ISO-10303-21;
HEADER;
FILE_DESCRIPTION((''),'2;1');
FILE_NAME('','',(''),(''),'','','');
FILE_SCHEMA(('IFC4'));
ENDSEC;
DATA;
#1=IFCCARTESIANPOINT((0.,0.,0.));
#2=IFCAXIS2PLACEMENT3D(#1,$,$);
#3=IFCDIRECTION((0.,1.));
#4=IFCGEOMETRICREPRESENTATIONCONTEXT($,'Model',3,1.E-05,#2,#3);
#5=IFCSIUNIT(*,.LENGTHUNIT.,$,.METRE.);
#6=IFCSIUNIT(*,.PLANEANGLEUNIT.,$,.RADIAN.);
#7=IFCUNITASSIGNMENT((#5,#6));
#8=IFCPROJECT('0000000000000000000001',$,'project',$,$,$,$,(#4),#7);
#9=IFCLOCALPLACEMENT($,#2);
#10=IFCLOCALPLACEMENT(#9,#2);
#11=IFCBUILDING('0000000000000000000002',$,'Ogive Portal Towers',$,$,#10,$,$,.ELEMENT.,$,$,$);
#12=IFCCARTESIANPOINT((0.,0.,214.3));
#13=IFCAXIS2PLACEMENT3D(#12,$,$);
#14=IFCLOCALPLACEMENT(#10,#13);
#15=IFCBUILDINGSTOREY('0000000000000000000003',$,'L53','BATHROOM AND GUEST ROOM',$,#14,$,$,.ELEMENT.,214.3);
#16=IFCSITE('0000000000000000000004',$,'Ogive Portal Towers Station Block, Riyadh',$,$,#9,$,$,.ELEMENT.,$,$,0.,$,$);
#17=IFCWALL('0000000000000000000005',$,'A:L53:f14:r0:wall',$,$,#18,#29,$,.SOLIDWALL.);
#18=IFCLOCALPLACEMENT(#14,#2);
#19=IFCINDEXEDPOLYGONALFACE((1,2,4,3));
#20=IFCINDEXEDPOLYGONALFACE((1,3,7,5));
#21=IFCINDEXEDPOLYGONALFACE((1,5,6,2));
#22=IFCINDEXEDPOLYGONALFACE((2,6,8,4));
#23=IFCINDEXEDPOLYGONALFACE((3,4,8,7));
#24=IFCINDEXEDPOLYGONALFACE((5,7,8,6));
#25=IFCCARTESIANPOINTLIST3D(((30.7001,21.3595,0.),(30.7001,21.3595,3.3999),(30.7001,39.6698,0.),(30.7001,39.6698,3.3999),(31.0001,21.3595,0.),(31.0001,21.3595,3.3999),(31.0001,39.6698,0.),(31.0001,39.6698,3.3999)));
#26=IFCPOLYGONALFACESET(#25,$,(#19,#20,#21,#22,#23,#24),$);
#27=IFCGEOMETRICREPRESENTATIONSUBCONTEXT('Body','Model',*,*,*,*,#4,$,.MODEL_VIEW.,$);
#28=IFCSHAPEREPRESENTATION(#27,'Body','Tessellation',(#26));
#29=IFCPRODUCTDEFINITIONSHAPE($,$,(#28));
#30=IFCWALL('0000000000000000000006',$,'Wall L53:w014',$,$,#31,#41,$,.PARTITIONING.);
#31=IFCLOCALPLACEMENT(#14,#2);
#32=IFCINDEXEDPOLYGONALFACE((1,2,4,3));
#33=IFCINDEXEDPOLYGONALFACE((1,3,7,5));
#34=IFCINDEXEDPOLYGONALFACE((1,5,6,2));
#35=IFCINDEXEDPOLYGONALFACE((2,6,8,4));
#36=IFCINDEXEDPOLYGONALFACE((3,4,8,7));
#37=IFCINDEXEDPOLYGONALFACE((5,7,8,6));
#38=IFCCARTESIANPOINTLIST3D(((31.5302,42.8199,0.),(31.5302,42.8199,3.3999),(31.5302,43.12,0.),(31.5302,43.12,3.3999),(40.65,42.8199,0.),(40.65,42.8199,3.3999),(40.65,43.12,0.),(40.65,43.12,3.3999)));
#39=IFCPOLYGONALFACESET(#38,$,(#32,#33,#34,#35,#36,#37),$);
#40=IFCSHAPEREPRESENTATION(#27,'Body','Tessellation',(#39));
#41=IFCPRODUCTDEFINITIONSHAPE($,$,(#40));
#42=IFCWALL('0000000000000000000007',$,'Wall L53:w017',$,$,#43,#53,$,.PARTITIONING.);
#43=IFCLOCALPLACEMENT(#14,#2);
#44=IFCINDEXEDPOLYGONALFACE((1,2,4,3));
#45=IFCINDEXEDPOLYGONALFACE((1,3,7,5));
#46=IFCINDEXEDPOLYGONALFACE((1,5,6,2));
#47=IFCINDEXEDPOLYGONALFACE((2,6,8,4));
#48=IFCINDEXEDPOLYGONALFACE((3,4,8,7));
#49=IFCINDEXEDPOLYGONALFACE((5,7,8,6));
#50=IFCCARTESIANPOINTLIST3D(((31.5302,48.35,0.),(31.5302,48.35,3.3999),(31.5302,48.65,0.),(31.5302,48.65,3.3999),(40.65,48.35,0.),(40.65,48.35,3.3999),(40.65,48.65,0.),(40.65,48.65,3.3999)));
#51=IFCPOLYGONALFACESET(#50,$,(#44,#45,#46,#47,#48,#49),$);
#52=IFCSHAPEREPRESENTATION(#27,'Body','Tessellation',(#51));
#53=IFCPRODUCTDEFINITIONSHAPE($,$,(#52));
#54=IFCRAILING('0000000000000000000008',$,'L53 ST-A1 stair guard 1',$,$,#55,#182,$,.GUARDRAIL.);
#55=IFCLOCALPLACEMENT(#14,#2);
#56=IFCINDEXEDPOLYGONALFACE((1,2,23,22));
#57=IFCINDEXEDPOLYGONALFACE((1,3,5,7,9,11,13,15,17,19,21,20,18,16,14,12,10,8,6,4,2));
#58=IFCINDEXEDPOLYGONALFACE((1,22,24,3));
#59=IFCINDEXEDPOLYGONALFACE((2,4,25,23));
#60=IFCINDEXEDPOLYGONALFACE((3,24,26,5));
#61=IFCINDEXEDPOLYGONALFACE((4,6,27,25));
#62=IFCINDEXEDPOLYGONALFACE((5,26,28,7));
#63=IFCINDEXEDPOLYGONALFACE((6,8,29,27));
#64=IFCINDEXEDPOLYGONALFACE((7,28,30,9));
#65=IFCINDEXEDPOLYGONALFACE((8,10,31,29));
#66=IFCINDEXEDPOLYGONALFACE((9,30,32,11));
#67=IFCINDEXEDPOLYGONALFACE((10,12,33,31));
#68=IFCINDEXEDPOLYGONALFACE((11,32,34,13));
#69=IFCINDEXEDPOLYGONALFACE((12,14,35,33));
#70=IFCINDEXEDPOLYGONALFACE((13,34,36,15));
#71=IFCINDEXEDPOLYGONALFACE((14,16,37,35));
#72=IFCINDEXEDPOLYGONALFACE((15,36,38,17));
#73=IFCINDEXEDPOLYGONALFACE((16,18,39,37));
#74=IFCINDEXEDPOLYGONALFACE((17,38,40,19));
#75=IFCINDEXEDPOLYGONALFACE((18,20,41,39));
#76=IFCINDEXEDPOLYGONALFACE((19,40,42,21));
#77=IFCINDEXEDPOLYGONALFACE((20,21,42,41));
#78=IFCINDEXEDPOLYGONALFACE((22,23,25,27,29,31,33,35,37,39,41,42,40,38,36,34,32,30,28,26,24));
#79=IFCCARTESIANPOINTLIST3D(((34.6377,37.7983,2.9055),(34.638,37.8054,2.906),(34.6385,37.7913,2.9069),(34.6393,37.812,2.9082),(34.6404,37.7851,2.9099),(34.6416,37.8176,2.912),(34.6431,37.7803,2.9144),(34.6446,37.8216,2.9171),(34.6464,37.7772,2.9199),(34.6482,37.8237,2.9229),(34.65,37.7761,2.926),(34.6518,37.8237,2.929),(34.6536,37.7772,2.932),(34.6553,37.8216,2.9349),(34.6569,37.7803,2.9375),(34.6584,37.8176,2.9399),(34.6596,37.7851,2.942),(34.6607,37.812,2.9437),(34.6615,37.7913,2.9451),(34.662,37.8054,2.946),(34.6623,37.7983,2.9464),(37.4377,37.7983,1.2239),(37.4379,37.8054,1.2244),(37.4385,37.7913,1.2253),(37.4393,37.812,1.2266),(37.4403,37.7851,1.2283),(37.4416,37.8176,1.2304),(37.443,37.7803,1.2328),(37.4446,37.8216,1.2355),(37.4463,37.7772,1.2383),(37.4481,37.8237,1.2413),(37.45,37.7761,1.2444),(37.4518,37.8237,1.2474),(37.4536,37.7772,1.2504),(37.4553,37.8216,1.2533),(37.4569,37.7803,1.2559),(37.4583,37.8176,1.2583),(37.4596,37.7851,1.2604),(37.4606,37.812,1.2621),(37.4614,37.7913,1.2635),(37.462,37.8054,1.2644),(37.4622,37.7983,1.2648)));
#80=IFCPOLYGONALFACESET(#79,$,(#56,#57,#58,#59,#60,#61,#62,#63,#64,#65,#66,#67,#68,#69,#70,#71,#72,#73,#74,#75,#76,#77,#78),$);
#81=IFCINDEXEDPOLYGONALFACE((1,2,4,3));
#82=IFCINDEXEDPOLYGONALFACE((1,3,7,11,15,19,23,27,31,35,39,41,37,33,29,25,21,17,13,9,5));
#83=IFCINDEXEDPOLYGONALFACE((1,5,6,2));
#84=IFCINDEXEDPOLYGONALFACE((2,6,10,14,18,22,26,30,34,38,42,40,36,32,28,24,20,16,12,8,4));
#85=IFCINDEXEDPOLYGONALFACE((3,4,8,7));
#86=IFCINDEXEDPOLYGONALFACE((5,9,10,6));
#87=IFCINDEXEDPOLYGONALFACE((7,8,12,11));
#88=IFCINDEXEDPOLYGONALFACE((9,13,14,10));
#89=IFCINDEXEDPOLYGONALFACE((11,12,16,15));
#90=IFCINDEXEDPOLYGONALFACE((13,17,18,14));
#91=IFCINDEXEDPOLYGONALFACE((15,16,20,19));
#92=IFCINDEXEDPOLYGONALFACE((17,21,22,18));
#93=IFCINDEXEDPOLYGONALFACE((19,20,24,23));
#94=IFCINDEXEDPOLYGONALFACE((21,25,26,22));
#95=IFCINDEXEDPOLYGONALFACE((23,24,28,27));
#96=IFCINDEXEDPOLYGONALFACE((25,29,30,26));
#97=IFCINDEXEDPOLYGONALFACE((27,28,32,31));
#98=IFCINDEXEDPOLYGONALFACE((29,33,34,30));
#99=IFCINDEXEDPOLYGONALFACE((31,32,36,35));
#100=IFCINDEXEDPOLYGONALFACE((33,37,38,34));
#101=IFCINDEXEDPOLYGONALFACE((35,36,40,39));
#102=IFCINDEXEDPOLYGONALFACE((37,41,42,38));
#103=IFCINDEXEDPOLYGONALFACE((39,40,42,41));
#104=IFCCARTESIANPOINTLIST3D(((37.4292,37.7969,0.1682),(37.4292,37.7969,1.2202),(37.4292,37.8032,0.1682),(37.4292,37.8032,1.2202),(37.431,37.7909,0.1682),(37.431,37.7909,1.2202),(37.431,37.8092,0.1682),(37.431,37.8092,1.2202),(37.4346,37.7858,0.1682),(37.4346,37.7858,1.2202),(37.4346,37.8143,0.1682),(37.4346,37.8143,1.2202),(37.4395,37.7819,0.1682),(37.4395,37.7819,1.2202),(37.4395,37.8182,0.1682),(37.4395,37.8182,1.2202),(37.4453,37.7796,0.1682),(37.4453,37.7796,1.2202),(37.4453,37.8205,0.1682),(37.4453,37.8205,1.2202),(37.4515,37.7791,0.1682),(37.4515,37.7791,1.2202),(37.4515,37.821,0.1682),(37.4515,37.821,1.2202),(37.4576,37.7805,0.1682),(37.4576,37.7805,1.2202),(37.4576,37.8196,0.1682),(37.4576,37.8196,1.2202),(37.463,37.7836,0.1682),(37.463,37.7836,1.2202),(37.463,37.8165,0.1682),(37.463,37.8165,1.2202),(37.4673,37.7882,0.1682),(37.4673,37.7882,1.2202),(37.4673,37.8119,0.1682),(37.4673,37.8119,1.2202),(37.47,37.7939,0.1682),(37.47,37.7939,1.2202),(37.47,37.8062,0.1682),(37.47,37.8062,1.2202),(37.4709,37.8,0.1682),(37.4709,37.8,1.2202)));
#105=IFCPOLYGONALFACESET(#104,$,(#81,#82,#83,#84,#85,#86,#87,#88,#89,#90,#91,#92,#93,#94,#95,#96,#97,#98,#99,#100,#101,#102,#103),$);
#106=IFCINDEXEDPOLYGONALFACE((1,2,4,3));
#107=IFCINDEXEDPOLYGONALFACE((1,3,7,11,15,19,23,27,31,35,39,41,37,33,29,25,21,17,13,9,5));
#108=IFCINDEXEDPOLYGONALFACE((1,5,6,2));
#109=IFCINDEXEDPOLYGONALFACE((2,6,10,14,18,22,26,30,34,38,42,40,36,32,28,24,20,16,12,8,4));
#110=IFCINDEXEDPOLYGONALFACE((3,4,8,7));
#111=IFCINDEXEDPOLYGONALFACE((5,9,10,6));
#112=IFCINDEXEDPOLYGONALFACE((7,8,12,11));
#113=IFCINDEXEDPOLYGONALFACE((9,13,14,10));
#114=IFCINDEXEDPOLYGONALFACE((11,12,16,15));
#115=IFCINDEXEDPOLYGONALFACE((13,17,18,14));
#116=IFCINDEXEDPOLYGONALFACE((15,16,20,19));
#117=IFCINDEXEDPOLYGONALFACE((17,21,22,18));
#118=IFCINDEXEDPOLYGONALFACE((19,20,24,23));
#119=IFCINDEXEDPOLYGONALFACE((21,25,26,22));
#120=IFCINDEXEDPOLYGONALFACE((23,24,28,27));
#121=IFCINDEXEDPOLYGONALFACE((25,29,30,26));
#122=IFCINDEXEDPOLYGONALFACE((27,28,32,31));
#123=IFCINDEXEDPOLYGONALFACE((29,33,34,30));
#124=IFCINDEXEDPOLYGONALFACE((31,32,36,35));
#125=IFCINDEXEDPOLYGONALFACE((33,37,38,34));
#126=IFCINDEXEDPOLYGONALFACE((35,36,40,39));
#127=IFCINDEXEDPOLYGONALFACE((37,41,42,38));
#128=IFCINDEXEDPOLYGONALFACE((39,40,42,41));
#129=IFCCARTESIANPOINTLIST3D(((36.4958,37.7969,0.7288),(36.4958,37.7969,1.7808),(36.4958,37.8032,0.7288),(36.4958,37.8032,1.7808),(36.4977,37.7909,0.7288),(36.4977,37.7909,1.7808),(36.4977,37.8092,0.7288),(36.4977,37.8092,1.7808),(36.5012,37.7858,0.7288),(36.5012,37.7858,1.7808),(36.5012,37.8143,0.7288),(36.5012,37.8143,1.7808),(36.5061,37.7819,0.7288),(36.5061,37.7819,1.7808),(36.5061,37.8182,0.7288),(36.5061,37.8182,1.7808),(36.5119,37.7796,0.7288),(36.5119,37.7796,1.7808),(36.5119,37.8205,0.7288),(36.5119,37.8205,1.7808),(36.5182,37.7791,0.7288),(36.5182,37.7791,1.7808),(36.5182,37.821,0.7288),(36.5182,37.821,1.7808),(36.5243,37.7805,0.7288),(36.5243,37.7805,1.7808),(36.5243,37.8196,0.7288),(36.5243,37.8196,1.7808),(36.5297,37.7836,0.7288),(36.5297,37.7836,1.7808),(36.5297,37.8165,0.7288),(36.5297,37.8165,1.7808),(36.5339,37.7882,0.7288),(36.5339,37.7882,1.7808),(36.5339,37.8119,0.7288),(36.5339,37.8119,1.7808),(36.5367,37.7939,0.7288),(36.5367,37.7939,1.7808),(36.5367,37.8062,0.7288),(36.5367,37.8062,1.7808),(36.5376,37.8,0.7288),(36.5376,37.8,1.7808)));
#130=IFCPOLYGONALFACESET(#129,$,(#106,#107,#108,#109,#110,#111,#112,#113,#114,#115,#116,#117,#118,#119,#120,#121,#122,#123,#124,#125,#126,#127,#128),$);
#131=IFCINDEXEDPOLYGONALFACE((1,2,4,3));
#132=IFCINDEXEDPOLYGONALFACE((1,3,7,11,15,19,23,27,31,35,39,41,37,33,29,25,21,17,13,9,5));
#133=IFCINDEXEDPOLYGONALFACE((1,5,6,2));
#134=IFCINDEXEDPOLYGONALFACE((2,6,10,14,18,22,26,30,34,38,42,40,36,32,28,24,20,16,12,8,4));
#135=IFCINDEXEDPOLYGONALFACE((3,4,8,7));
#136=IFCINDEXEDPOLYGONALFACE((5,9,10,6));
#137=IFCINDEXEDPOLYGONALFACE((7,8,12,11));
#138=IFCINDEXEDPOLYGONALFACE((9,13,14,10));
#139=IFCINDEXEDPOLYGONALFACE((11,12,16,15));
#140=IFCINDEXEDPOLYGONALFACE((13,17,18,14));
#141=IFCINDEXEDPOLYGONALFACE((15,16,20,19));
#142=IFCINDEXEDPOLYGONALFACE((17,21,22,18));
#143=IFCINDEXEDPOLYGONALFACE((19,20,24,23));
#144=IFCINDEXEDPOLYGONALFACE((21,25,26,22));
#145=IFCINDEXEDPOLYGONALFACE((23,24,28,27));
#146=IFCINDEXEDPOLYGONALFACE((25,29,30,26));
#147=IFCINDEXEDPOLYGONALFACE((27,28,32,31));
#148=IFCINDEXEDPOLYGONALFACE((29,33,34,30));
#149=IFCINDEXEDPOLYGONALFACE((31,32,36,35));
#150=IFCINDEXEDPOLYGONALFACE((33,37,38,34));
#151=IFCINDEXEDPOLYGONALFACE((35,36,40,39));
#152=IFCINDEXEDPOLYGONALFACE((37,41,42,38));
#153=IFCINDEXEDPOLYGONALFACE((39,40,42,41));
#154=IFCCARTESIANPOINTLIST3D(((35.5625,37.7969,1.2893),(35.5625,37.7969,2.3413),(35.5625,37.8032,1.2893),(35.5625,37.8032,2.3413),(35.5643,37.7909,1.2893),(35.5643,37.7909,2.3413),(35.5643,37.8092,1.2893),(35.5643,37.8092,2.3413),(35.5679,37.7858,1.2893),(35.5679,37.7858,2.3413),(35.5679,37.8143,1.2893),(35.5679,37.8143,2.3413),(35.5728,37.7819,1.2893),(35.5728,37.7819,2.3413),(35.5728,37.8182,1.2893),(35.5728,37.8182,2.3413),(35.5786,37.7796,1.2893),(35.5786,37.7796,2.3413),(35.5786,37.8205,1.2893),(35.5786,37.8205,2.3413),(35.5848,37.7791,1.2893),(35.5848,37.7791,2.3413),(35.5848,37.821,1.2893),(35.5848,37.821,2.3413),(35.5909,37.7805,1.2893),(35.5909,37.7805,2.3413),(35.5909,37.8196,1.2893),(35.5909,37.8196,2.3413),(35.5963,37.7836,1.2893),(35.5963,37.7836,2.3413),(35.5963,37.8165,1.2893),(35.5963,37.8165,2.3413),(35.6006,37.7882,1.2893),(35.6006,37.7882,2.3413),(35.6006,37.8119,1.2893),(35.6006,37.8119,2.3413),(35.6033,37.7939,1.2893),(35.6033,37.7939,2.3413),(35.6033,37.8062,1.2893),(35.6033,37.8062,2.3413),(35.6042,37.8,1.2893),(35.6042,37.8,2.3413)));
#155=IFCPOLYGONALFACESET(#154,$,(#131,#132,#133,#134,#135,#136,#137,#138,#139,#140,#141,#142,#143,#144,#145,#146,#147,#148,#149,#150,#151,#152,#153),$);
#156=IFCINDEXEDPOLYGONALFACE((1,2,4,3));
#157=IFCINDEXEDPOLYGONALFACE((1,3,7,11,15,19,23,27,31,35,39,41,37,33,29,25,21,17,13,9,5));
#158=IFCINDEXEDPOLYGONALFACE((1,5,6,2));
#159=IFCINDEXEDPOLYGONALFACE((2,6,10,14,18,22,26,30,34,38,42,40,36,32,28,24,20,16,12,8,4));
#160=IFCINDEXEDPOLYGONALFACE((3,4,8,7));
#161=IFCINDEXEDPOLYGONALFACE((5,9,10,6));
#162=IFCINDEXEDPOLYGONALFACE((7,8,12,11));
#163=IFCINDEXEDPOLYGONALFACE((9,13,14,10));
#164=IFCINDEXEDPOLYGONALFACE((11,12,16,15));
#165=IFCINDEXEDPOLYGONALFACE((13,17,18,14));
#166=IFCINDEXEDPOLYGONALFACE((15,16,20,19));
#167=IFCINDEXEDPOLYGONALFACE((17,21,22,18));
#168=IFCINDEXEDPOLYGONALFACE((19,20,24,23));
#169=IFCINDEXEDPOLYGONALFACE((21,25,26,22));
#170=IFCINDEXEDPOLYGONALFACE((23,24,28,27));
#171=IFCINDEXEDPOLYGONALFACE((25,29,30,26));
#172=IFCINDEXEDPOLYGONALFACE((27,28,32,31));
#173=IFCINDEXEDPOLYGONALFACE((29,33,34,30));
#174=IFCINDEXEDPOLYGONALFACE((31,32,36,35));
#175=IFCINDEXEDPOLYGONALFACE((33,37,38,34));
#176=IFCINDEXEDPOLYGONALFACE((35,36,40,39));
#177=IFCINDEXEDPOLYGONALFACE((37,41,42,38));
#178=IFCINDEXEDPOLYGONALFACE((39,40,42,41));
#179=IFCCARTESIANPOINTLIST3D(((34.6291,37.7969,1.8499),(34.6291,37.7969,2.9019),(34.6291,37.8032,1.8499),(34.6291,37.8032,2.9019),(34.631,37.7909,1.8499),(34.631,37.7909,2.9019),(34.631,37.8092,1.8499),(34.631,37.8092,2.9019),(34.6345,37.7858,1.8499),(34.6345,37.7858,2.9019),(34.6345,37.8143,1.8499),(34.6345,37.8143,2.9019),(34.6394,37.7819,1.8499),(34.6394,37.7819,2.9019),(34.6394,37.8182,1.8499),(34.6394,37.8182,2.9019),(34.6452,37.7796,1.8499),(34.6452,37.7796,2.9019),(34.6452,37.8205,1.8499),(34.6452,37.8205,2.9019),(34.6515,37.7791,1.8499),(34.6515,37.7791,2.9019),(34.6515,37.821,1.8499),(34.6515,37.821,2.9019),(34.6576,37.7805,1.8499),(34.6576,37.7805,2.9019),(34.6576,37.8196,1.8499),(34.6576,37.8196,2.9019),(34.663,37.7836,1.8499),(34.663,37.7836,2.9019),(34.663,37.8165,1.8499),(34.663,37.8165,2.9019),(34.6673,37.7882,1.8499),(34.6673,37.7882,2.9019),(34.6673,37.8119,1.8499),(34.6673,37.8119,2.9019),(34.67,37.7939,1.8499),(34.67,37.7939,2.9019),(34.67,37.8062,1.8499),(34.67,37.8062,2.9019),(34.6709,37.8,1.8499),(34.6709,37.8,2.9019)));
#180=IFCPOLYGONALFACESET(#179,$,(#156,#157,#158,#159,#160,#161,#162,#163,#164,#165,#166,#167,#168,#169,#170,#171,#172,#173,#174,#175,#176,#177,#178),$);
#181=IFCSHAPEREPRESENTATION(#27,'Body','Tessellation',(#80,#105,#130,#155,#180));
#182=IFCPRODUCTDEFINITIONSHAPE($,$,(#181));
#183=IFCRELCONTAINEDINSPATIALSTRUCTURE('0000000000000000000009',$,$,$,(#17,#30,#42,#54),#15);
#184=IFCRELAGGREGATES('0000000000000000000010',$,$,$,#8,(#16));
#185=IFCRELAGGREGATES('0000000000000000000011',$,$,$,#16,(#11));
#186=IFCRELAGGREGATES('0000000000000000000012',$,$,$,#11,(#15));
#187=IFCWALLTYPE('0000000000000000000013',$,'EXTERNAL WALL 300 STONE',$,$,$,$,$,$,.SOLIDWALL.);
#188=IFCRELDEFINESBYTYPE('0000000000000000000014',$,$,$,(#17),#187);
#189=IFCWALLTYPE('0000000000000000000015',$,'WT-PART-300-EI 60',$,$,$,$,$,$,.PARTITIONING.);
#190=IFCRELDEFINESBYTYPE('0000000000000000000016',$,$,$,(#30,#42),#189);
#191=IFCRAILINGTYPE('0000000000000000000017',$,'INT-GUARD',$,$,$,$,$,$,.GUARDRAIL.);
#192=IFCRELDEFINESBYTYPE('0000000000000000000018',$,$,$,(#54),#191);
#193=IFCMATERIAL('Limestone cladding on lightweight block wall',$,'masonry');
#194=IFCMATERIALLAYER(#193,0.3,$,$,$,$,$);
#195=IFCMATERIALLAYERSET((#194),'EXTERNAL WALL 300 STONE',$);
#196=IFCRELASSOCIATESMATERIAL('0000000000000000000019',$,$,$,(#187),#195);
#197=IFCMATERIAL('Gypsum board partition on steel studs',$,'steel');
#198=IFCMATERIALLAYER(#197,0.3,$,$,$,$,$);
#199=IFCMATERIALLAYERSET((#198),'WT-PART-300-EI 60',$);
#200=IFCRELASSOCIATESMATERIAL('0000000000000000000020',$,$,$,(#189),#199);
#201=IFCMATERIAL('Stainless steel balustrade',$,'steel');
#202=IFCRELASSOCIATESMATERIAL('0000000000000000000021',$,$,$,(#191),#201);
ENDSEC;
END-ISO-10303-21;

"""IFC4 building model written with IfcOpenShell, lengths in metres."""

from ifc_helpers import new_model, si_unit, direction, frame, frame_2d, origin, origin_2d, place, context, subcontext, project, spatial, rectangle, circle, extrude, material, layer, layer_set, type_object, element, save


model = new_model("IFC4")

# Units and contexts
model_context = context("Model", 3, precision=1e-05, world=origin(), true_north=direction((0.0, 1.0)))
body_context = subcontext(model_context, "Body", "Model", "MODEL_VIEW")
ifc_project = project(units=[si_unit("LENGTHUNIT", "METRE"), si_unit("PLANEANGLEUNIT", "RADIAN")], contexts=[model_context])

# Site, building, storey
site_placement = place(None, origin())
site = spatial("IfcSite", under=ifc_project, at=site_placement, Name="Ogive Portal Towers Station Block, Riyadh", CompositionType="ELEMENT", RefElevation=0.0)
building_placement = place(site_placement, origin())
building = spatial("IfcBuilding", under=site, at=building_placement, Name="Ogive Portal Towers", CompositionType="ELEMENT")
storey_placement = place(building_placement, frame((0.0, 0.0, 214.3)))
storey = spatial("IfcBuildingStorey", under=building, at=storey_placement, Name="L53", Description="BATHROOM AND GUEST ROOM", CompositionType="ELEMENT", Elevation=214.3)

# Shared definitions
ifc_material_1 = material(Name="Limestone cladding on lightweight block wall", Category="masonry")
ifc_layer_1 = layer(ifc_material_1, 0.3)
ifc_layer_set_1 = layer_set([ifc_layer_1], Name="EXTERNAL WALL 300 STONE")
wall_type_1 = type_object("IfcWallType", Name="EXTERNAL WALL 300 STONE", PredefinedType="SOLIDWALL", material=ifc_layer_set_1)

# Walls
wall_1_placement = place(storey_placement, frame((30.8501, 39.6699, 0.0), z_axis=(0.0, 0.0, 1.0), x_axis=(0.0, -1.0, 0.0)))
element("IfcWall", 1, at=wall_1_placement, inside=storey, type_object=wall_type_1, Name="A:L53:f14:r0:wall", PredefinedType="SOLIDWALL", context=body_context, shape_type="SweptSolid", body=[
    extrude(rectangle(XDim=18.3103, YDim=0.3, at=frame_2d((9.1553, 0.0))), origin(), (0.0, 0.0, 1.0), 3.3999),
])
ifc_material_2 = material(Name="Gypsum board partition on steel studs", Category="steel")
ifc_layer_2 = layer(ifc_material_2, 0.3)
ifc_layer_set_2 = layer_set([ifc_layer_2], Name="WT-PART-300-EI 60")
wall_type_2 = type_object("IfcWallType", Name="WT-PART-300-EI 60", PredefinedType="PARTITIONING", material=ifc_layer_set_2)
for number, where, z_axis, x_axis, name in (
    (2, (31.53, 42.97, 0.0), (0.0, 0.0, 1.0), (1.0, 0.0, 0.0), "Wall L53:w014"),
    (3, (31.53, 48.5, 0.0), (0.0, 0.0, 1.0), (1.0, 0.0, 0.0), "Wall L53:w017"),
):
    element("IfcWall", number, at=place(storey_placement, frame(where, z_axis=z_axis, x_axis=x_axis)), inside=storey, type_object=wall_type_2, Name=name, PredefinedType="PARTITIONING", context=body_context, shape_type="SweptSolid", body=[
        extrude(rectangle(XDim=9.1199, YDim=0.3, at=frame_2d((4.5601, 0.0))), origin(), (0.0, 0.0, 1.0), 3.3999),
    ])

# Railing
ifc_material_3 = material(Name="Stainless steel balustrade", Category="steel")
railing_type_1 = type_object("IfcRailingType", Name="INT-GUARD", PredefinedType="GUARDRAIL", material=ifc_material_3)
railing_1_placement = place(storey_placement, frame((37.45, 37.8, 0.1682)))
element("IfcRailing", 4, at=railing_1_placement, inside=storey, type_object=railing_type_1, Name="L53 ST-A1 stair guard 1", PredefinedType="GUARDRAIL", context=body_context, shape_type="SweptSolid", body=[
    extrude(circle(Radius=0.0239, at=origin_2d()), frame((0.0, 0.0, 1.0762), z_axis=(-0.857275, 0.0, 0.514858), x_axis=(0.0, -1.0, 0.0)), (0.0, 0.0, 1.0), 3.2661),
    extrude(circle(Radius=0.021, at=origin_2d()), origin(), (0.0, 0.0, 1.0), 1.052),
    extrude(circle(Radius=0.021, at=origin_2d()), frame((-0.9333, 0.0, 0.5605)), (0.0, 0.0, 1.0), 1.052),
    extrude(circle(Radius=0.021, at=origin_2d()), frame((-1.8667, 0.0, 1.1211)), (0.0, 0.0, 1.0), 1.052),
    extrude(circle(Radius=0.021, at=origin_2d()), frame((-2.8, 0.0, 1.6816)), (0.0, 0.0, 1.0), 1.052),
])

save(model, "model.ifc")
